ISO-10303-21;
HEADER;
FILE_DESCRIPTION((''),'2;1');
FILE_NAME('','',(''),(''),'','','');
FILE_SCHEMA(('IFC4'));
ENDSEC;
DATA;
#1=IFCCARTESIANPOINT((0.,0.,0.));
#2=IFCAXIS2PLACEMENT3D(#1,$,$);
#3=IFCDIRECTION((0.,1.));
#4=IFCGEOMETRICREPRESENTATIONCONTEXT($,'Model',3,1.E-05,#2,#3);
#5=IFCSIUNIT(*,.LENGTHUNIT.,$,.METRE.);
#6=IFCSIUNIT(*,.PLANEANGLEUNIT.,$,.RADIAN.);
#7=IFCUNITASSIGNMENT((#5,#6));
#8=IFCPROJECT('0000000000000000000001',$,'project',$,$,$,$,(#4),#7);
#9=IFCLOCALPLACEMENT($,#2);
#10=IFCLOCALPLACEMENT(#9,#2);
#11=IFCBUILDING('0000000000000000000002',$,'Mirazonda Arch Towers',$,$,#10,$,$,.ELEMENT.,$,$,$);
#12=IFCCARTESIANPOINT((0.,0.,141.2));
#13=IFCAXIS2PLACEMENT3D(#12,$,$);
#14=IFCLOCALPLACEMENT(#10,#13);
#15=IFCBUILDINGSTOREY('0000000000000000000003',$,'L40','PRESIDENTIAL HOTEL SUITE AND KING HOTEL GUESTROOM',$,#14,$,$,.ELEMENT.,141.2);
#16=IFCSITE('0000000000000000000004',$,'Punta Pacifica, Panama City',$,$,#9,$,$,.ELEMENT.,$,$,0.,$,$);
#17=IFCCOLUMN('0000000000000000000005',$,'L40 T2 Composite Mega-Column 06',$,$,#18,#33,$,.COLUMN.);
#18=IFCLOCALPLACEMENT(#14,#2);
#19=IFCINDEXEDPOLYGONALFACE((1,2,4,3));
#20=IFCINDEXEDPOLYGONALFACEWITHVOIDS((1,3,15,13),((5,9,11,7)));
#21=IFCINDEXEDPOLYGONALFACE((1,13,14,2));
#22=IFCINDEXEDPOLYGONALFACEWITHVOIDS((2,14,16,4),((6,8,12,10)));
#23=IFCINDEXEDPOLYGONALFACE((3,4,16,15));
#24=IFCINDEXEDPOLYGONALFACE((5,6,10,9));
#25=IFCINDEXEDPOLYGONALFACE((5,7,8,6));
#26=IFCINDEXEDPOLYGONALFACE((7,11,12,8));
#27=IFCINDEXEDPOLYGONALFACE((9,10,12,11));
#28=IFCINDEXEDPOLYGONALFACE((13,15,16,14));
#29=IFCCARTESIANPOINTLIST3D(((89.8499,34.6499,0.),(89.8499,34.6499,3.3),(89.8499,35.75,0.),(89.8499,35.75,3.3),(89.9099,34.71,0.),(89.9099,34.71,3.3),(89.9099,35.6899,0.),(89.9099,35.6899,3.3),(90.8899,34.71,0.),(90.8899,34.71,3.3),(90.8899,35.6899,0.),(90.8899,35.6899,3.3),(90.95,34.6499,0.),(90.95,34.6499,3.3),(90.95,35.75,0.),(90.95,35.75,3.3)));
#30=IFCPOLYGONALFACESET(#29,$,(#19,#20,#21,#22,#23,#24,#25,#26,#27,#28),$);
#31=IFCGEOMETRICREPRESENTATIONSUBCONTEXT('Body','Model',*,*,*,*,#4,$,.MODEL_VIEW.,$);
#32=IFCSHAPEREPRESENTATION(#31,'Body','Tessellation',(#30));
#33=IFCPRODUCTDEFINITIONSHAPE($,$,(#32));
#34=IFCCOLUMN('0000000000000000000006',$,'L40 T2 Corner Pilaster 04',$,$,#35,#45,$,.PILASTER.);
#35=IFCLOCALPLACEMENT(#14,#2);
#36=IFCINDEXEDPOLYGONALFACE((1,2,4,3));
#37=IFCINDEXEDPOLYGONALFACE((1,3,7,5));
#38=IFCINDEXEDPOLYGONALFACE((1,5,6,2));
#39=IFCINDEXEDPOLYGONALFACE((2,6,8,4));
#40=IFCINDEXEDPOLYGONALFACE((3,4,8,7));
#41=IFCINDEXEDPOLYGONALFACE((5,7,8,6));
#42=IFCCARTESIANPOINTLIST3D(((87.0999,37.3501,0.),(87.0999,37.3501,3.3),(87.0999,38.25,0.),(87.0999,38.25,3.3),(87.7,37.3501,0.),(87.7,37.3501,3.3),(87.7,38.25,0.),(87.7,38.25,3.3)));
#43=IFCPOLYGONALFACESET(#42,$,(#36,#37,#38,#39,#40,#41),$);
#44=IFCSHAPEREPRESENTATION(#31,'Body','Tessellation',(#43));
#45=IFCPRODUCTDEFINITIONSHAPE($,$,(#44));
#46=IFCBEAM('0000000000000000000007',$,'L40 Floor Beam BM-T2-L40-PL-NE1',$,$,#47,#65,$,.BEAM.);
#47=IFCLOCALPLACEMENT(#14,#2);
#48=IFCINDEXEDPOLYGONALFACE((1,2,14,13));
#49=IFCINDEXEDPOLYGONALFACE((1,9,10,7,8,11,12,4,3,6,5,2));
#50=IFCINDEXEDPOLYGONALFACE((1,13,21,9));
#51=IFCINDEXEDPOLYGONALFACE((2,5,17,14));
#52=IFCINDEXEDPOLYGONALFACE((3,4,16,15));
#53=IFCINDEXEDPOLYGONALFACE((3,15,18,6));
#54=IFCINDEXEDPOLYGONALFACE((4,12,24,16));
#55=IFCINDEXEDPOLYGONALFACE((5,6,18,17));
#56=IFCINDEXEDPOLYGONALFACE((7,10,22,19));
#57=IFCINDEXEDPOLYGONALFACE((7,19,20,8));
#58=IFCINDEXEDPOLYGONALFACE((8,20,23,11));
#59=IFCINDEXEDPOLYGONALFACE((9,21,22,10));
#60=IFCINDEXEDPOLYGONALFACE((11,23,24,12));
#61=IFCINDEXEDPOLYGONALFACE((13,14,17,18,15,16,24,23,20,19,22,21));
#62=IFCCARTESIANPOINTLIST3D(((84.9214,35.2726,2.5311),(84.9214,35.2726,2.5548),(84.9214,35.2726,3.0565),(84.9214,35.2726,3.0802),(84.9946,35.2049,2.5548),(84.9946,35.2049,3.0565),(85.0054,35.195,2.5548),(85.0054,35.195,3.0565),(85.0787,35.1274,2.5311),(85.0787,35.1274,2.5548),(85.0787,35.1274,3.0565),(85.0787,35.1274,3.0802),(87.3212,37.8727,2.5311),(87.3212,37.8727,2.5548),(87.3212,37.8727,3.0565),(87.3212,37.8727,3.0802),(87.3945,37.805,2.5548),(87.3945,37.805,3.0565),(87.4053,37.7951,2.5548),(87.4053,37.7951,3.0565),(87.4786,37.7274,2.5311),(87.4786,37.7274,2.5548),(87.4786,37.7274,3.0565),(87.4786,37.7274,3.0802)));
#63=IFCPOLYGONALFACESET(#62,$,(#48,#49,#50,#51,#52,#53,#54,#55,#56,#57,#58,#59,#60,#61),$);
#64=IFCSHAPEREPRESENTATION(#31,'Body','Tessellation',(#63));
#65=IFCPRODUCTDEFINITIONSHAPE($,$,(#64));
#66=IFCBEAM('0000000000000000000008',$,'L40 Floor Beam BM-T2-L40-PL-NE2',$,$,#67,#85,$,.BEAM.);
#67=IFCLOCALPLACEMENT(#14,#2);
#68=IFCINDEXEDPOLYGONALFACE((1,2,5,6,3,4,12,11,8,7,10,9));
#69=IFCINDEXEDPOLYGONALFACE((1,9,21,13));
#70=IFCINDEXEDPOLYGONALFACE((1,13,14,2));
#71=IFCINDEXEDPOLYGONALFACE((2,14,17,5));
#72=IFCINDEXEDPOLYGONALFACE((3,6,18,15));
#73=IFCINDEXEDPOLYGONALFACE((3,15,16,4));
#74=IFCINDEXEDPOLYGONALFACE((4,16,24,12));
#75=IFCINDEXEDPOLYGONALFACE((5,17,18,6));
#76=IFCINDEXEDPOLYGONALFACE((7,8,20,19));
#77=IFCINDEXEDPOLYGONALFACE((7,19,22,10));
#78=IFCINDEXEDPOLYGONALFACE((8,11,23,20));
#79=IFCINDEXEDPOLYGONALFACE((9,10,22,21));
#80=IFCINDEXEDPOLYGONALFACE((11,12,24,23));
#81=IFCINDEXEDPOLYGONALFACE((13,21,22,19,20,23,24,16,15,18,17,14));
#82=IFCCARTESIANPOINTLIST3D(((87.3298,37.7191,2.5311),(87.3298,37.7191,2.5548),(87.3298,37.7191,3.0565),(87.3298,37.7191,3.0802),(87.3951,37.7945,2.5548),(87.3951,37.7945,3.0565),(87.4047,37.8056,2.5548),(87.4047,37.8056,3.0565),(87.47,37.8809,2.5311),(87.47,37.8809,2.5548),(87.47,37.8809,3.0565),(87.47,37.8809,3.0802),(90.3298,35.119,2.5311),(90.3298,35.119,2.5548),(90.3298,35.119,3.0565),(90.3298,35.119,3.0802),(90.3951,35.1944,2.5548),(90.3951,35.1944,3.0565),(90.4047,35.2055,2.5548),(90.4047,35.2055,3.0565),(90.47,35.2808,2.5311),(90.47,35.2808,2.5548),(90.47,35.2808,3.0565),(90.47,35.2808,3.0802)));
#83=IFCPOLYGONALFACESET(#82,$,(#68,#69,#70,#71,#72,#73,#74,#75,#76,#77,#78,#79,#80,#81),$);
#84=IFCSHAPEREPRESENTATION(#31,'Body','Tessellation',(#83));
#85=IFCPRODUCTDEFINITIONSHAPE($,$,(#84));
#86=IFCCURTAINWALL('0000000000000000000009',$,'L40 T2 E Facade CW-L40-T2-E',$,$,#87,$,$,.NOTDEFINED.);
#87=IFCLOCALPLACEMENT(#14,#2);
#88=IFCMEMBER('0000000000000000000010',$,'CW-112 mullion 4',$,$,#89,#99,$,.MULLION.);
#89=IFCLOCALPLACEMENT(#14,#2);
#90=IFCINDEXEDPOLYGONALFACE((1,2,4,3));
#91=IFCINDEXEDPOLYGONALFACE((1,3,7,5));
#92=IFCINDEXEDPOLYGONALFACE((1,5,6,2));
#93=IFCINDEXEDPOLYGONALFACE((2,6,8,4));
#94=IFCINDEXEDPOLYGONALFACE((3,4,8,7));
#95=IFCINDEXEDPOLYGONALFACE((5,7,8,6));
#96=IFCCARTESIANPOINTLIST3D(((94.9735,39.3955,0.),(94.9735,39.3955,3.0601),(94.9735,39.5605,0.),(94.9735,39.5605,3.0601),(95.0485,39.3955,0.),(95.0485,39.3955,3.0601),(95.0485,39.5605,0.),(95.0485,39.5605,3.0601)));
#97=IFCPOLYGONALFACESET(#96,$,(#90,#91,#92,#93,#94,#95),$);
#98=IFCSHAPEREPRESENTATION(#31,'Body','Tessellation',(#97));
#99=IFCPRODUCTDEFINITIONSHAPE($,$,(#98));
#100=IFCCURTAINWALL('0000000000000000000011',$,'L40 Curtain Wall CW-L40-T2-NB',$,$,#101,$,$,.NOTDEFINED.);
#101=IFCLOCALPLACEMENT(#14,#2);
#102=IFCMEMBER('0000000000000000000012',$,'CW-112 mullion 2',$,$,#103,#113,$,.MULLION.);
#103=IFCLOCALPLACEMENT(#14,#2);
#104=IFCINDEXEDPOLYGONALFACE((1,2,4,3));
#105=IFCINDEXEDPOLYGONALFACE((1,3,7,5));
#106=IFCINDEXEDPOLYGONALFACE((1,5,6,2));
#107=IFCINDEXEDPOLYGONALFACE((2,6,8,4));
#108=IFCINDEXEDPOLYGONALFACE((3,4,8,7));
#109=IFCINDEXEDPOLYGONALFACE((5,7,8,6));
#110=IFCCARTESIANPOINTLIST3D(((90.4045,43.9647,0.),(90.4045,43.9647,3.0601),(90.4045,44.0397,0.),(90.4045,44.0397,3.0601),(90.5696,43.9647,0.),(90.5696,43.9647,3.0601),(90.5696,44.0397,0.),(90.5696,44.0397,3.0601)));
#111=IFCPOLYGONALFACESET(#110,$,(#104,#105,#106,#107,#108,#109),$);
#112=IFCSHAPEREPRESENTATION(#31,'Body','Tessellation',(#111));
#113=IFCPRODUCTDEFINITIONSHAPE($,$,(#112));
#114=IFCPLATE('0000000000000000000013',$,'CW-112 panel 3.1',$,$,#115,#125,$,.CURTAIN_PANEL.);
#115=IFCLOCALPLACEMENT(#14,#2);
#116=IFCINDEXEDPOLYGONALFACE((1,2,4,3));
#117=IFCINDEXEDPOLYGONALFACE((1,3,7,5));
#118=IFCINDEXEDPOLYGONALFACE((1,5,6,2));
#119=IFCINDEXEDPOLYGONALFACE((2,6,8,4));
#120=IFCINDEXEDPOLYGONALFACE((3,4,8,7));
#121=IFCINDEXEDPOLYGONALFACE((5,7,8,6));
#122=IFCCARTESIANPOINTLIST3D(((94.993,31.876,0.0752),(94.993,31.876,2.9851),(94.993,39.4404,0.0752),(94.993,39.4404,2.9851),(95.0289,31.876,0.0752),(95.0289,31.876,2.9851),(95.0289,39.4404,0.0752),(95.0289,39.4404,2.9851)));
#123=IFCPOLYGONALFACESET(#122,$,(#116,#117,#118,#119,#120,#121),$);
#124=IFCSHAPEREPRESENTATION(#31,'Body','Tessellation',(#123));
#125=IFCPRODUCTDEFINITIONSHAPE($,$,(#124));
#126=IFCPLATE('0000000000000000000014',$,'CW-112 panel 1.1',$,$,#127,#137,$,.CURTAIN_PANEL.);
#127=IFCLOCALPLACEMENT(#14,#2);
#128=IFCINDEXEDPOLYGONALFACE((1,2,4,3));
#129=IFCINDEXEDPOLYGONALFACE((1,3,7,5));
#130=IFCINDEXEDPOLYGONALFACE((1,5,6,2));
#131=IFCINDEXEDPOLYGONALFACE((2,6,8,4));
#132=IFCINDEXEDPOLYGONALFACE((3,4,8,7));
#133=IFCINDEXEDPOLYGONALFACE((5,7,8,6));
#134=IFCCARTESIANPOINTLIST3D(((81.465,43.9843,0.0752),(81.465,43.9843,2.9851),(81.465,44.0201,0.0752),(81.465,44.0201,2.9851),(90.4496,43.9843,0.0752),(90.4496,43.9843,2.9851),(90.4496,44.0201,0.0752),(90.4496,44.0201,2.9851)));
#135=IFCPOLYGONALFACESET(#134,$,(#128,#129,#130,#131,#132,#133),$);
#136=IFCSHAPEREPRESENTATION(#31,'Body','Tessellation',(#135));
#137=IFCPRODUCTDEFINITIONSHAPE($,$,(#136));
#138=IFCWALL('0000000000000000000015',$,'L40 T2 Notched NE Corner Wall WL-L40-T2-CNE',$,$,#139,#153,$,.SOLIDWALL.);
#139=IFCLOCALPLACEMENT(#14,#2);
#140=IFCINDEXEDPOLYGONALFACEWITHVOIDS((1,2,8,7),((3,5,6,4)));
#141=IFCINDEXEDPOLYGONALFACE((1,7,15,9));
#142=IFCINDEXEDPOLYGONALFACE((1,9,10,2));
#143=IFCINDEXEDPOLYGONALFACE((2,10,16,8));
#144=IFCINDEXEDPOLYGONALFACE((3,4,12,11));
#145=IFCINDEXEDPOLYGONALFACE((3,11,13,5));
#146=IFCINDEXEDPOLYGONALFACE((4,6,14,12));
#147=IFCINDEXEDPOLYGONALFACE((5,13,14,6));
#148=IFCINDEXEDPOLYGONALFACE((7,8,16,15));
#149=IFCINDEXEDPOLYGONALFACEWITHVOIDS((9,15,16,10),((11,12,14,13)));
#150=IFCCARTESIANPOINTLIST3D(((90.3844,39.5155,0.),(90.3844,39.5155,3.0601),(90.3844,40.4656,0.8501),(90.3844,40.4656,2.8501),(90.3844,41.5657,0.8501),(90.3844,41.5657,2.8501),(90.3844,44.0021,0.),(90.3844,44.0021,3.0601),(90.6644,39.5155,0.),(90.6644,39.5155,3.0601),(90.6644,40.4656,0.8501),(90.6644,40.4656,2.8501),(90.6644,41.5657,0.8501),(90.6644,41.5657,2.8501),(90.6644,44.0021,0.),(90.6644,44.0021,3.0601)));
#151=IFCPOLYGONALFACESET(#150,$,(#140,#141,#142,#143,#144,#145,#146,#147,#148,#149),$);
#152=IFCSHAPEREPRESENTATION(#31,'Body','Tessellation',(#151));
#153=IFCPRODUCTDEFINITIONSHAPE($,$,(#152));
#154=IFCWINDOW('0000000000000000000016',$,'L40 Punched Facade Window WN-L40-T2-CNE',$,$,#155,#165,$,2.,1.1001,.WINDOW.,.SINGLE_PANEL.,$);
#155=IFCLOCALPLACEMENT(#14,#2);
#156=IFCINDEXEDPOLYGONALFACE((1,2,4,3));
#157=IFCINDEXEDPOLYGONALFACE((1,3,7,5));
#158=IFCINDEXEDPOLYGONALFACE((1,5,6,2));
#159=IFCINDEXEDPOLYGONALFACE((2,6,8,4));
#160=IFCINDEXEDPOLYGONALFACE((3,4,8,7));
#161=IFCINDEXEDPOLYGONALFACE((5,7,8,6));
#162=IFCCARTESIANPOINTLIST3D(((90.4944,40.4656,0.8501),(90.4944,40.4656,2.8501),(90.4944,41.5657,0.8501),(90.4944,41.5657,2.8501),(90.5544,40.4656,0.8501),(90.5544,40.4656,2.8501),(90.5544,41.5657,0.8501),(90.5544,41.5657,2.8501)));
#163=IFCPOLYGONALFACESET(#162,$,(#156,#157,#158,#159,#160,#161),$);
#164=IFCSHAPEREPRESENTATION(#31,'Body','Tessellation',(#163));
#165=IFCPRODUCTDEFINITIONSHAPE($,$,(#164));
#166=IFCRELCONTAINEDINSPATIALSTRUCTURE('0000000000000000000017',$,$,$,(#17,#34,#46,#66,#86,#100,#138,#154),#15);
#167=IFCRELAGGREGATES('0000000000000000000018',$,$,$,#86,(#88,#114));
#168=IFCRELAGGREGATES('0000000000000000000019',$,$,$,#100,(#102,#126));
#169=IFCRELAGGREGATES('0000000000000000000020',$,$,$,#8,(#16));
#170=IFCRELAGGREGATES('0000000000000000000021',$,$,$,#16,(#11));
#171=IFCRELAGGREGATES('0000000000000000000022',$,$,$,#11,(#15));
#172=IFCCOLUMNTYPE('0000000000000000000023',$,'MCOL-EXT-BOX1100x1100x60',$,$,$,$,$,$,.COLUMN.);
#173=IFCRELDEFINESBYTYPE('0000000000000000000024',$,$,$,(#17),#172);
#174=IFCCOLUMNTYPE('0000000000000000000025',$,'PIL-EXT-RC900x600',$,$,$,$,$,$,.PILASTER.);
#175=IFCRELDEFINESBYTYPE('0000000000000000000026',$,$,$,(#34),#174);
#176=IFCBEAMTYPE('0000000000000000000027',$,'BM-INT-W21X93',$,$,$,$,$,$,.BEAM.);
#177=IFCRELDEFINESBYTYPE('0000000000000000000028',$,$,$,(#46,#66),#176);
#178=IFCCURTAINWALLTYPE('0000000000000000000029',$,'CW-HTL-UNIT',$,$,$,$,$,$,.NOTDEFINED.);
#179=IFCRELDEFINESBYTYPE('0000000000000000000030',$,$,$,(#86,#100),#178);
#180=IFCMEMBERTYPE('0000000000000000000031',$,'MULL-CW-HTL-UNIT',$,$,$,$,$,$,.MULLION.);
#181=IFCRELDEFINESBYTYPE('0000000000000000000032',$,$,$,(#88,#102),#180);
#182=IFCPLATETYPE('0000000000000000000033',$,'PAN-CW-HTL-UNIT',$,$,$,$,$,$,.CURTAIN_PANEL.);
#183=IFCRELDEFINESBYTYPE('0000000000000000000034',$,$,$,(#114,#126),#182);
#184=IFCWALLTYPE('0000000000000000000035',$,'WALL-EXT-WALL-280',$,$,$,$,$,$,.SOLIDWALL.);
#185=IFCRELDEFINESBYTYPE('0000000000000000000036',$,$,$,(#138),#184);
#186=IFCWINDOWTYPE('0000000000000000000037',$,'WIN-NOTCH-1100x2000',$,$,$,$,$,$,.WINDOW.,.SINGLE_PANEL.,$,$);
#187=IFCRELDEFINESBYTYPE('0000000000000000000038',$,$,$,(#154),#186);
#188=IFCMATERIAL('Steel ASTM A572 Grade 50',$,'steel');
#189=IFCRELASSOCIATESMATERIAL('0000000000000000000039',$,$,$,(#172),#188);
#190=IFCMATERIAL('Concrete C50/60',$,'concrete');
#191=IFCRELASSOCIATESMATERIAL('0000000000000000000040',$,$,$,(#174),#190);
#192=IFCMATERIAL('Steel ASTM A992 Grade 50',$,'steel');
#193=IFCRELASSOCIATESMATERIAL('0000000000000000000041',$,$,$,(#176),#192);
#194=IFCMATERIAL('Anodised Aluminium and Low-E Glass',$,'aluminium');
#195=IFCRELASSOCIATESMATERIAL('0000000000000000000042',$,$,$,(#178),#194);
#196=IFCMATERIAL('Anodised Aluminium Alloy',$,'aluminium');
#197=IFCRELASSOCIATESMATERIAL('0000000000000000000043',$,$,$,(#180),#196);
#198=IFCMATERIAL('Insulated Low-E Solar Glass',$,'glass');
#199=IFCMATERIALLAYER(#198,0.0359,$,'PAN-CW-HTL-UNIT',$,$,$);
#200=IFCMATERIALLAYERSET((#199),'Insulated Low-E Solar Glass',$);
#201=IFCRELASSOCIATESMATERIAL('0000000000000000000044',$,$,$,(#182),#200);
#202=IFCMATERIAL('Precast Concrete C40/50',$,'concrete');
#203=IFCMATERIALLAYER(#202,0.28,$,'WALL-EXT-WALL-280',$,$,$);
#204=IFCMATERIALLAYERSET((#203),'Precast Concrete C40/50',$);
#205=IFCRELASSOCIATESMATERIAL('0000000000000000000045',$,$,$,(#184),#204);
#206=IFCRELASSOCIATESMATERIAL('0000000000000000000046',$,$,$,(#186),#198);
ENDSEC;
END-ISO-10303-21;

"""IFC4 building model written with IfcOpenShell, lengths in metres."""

from ifc_helpers import new_model, si_unit, direction, frame, frame_2d, origin, origin_2d, place, context, subcontext, project, spatial, rectangle, hollow_rectangle, i_section, extrude, material, layer, layer_set, material_profile, profile_set, type_object, element, fill, aggregate, save


model = new_model("IFC4")

# Units and contexts
model_context = context("Model", 3, precision=1e-05, world=origin(), true_north=direction((0.0, 1.0)))
body_context = subcontext(model_context, "Body", "Model", "MODEL_VIEW")
ifc_project = project(units=[si_unit("LENGTHUNIT", "METRE"), si_unit("PLANEANGLEUNIT", "RADIAN")], contexts=[model_context])

# Site, building, storey
site_placement = place(None, origin())
site = spatial("IfcSite", under=ifc_project, at=site_placement, Name="Punta Pacifica, Panama City", CompositionType="ELEMENT", RefElevation=0.0)
building_placement = place(site_placement, origin())
building = spatial("IfcBuilding", under=site, at=building_placement, Name="Mirazonda Arch Towers", CompositionType="ELEMENT")
storey_placement = place(building_placement, frame((0.0, 0.0, 141.2)))
storey = spatial("IfcBuildingStorey", under=building, at=storey_placement, Name="L40", Description="PRESIDENTIAL HOTEL SUITE AND KING HOTEL GUESTROOM", CompositionType="ELEMENT", Elevation=141.2)

# Columns
ifc_material_1 = material(Name="Steel ASTM A572 Grade 50", Category="steel")
ifc_material_profile_1 = material_profile(ifc_material_1, hollow_rectangle(XDim=1.1001, YDim=1.1001, WallThickness=0.0601, at=origin_2d()), Name="BOX1100x1100x60")
ifc_profile_set_1 = profile_set([ifc_material_profile_1], Name="Steel ASTM A572 Grade 50")
column_type_1 = type_object("IfcColumnType", Name="MCOL-EXT-BOX1100x1100x60", PredefinedType="COLUMN", material=ifc_profile_set_1)
column_1_placement = place(storey_placement, frame((90.3999, 35.2, 0.0), z_axis=(0.0, 0.0, 1.0), x_axis=(1.0, 0.0, 0.0)))
element("IfcColumn", 1, at=column_1_placement, inside=storey, type_object=column_type_1, Name="L40 T2 Composite Mega-Column 06", PredefinedType="COLUMN", context=body_context, shape_type="SweptSolid", body=[
    extrude(hollow_rectangle(XDim=1.1001, YDim=1.1001, WallThickness=0.0601, at=origin_2d()), origin(), (0.0, 0.0, 1.0), 3.3),
])
ifc_material_2 = material(Name="Concrete C50/60", Category="concrete")
ifc_material_profile_2 = material_profile(ifc_material_2, rectangle(XDim=0.6001, YDim=0.8999, at=origin_2d()), Name="RC900x600")
ifc_profile_set_2 = profile_set([ifc_material_profile_2], Name="Concrete C50/60")
column_type_2 = type_object("IfcColumnType", Name="PIL-EXT-RC900x600", PredefinedType="PILASTER", material=ifc_profile_set_2)
column_2_placement = place(storey_placement, frame((87.3999, 37.8, 0.0), z_axis=(0.0, 0.0, 1.0), x_axis=(1.0, 0.0, 0.0)))
element("IfcColumn", 2, at=column_2_placement, inside=storey, type_object=column_type_2, Name="L40 T2 Corner Pilaster 04", PredefinedType="PILASTER", context=body_context, shape_type="SweptSolid", body=[
    extrude(rectangle(XDim=0.6001, YDim=0.8999, at=origin_2d()), origin(), (0.0, 0.0, 1.0), 3.3),
])

# Beams
ifc_material_3 = material(Name="Steel ASTM A992 Grade 50", Category="steel")
ifc_material_profile_3 = material_profile(ifc_material_3, i_section(OverallWidth=0.2141, OverallDepth=0.5491, WebThickness=0.0146, FlangeThickness=0.0237, at=origin_2d()), Name="W21X93")
ifc_profile_set_3 = profile_set([ifc_material_profile_3], Name="Steel ASTM A992 Grade 50")
beam_type = type_object("IfcBeamType", Name="BM-INT-W21X93", PredefinedType="BEAM", material=ifc_profile_set_3)
beam_1_placement = place(storey_placement, frame((87.3999, 37.8, 2.8057), z_axis=(-0.678251, -0.73483, 0.0), x_axis=(0.73483, -0.678251, 0.0)))
element("IfcBeam", 3, at=beam_1_placement, inside=storey, type_object=beam_type, Name="L40 Floor Beam BM-T2-L40-PL-NE1", PredefinedType="BEAM", context=body_context, shape_type="SweptSolid", body=[
    extrude(i_section(OverallWidth=0.2141, OverallDepth=0.5491, WebThickness=0.0146, FlangeThickness=0.0237, at=origin_2d()), origin(), (0.0, 0.0, 1.0), 3.5383),
])
beam_2_placement = place(storey_placement, frame((87.3999, 37.8, 2.8057), z_axis=(0.755677, -0.654945, 0.0), x_axis=(0.654945, 0.755677, 0.0)))
element("IfcBeam", 4, at=beam_2_placement, inside=storey, type_object=beam_type, Name="L40 Floor Beam BM-T2-L40-PL-NE2", PredefinedType="BEAM", context=body_context, shape_type="SweptSolid", body=[
    extrude(i_section(OverallWidth=0.2141, OverallDepth=0.5491, WebThickness=0.0146, FlangeThickness=0.0237, at=origin_2d()), origin(), (0.0, 0.0, 1.0), 3.97),
])

# Curtain walls, members
ifc_material_4 = material(Name="Anodised Aluminium and Low-E Glass", Category="aluminium")
curtain_wall_type = type_object("IfcCurtainWallType", Name="CW-HTL-UNIT", PredefinedType="NOTDEFINED", material=ifc_material_4)
curtain_wall_1_placement = place(storey_placement, origin())
curtain_wall_1 = element("IfcCurtainWall", 5, at=curtain_wall_1_placement, inside=storey, type_object=curtain_wall_type, Name="L40 T2 E Facade CW-L40-T2-E", PredefinedType="NOTDEFINED")
ifc_material_5 = material(Name="Anodised Aluminium Alloy", Category="aluminium")
ifc_material_profile_4 = material_profile(ifc_material_5, rectangle(XDim=0.075, YDim=0.165, at=origin_2d()), Name="ALU-MULL-75x165")
ifc_profile_set_4 = profile_set([ifc_material_profile_4], Name="Anodised Aluminium Alloy")
member_type = type_object("IfcMemberType", Name="MULL-CW-HTL-UNIT", PredefinedType="MULLION", material=ifc_profile_set_4)
member_1_placement = place(storey_placement, frame((95.011, 39.478, 0.0), z_axis=(0.0, 0.0, 1.0), x_axis=(-1.0, 0.0, 0.0)))
member_1 = element("IfcMember", 6, at=member_1_placement, type_object=member_type, Name="CW-112 mullion 4", PredefinedType="MULLION", context=body_context, shape_type="SweptSolid", body=[
    extrude(rectangle(XDim=0.075, YDim=0.165, at=origin_2d()), origin(), (0.0, 0.0, 1.0), 3.0601),
])
curtain_wall_2_placement = place(storey_placement, origin())
curtain_wall_2 = element("IfcCurtainWall", 7, at=curtain_wall_2_placement, inside=storey, type_object=curtain_wall_type, Name="L40 Curtain Wall CW-L40-T2-NB", PredefinedType="NOTDEFINED")
member_2_placement = place(storey_placement, frame((90.4871, 44.0022, 0.0), z_axis=(0.0, 0.0, 1.0), x_axis=(0.0, 1.0, 0.0)))
member_2 = element("IfcMember", 8, at=member_2_placement, type_object=member_type, Name="CW-112 mullion 2", PredefinedType="MULLION", context=body_context, shape_type="SweptSolid", body=[
    extrude(rectangle(XDim=0.075, YDim=0.165, at=origin_2d()), origin(), (0.0, 0.0, 1.0), 3.0601),
])

# Plates
ifc_material_6 = material(Name="Insulated Low-E Solar Glass", Category="glass")
ifc_layer_1 = layer(ifc_material_6, 0.0359, Name="PAN-CW-HTL-UNIT")
ifc_layer_set_1 = layer_set([ifc_layer_1], Name="Insulated Low-E Solar Glass")
plate_type = type_object("IfcPlateType", Name="PAN-CW-HTL-UNIT", PredefinedType="CURTAIN_PANEL", material=ifc_layer_set_1)
plate_1_placement = place(storey_placement, frame((95.011, 35.6582, 0.0752), z_axis=(0.0, 0.0, 1.0), x_axis=(0.0, 1.0, 0.0)))
plate_1 = element("IfcPlate", 9, at=plate_1_placement, type_object=plate_type, Name="CW-112 panel 3.1", PredefinedType="CURTAIN_PANEL", context=body_context, shape_type="SweptSolid", body=[
    extrude(rectangle(XDim=7.5645, YDim=0.0359, at=origin_2d()), origin(), (0.0, 0.0, 1.0), 2.9099),
])
aggregate(curtain_wall_1, [member_1, plate_1])
plate_2_placement = place(storey_placement, frame((85.9573, 44.0022, 0.0752), z_axis=(0.0, 0.0, 1.0), x_axis=(1.0, 0.0, 0.0)))
plate_2 = element("IfcPlate", 10, at=plate_2_placement, type_object=plate_type, Name="CW-112 panel 1.1", PredefinedType="CURTAIN_PANEL", context=body_context, shape_type="SweptSolid", body=[
    extrude(rectangle(XDim=8.9846, YDim=0.0359, at=origin_2d()), origin(), (0.0, 0.0, 1.0), 2.9099),
])
aggregate(curtain_wall_2, [member_2, plate_2])

# Wall, opening, window
ifc_material_7 = material(Name="Precast Concrete C40/50", Category="concrete")
ifc_layer_2 = layer(ifc_material_7, 0.28, Name="WALL-EXT-WALL-280")
ifc_layer_set_2 = layer_set([ifc_layer_2], Name="Precast Concrete C40/50")
wall_type_1 = type_object("IfcWallType", Name="WALL-EXT-WALL-280", PredefinedType="SOLIDWALL", material=ifc_layer_set_2)
wall_1_placement = place(storey_placement, frame((90.5244, 39.5156, 0.0), z_axis=(0.0, 0.0, 1.0), x_axis=(0.0, 1.0, 0.0)))
wall_1 = element("IfcWall", 11, at=wall_1_placement, inside=storey, type_object=wall_type_1, Name="L40 T2 Notched NE Corner Wall WL-L40-T2-CNE", PredefinedType="SOLIDWALL", context=body_context, shape_type="SweptSolid", body=[
    extrude(rectangle(XDim=4.4866, YDim=0.28, at=frame_2d((2.2432, 0.0))), origin(), (0.0, 0.0, 1.0), 3.0601),
])
opening_1_placement = place(wall_1_placement, frame((0.95, 0.0, 0.8501)))
opening_1 = element("IfcOpeningElement", 12, at=opening_1_placement, cuts=wall_1, PredefinedType="OPENING", context=body_context, shape_type="SweptSolid", body=[
    extrude(rectangle(XDim=1.1001, YDim=2.0, at=frame_2d((0.55, 1.0))), frame((0.0, 0.1499, 0.0), z_axis=(0.0, -1.0, 0.0), x_axis=(1.0, 0.0, 0.0)), (0.0, 0.0, 1.0), 0.3),
])
window_type = type_object("IfcWindowType", Name="WIN-NOTCH-1100x2000", PartitioningType="SINGLE_PANEL", PredefinedType="WINDOW", material=ifc_material_6)
window_1_placement = place(opening_1_placement, origin())
window_1 = element("IfcWindow", 13, at=window_1_placement, inside=storey, type_object=window_type, Name="L40 Punched Facade Window WN-L40-T2-CNE", OverallHeight=2.0, OverallWidth=1.1001, PartitioningType="SINGLE_PANEL", PredefinedType="WINDOW", context=body_context, shape_type="SweptSolid", body=[
    extrude(rectangle(XDim=1.1001, YDim=2.0, at=frame_2d((0.55, 1.0))), frame((0.0, 0.03, 0.0), z_axis=(0.0, -1.0, 0.0), x_axis=(1.0, 0.0, 0.0)), (0.0, 0.0, 1.0), 0.0601),
])
fill(opening_1, window_1)

save(model, "model.ifc")
